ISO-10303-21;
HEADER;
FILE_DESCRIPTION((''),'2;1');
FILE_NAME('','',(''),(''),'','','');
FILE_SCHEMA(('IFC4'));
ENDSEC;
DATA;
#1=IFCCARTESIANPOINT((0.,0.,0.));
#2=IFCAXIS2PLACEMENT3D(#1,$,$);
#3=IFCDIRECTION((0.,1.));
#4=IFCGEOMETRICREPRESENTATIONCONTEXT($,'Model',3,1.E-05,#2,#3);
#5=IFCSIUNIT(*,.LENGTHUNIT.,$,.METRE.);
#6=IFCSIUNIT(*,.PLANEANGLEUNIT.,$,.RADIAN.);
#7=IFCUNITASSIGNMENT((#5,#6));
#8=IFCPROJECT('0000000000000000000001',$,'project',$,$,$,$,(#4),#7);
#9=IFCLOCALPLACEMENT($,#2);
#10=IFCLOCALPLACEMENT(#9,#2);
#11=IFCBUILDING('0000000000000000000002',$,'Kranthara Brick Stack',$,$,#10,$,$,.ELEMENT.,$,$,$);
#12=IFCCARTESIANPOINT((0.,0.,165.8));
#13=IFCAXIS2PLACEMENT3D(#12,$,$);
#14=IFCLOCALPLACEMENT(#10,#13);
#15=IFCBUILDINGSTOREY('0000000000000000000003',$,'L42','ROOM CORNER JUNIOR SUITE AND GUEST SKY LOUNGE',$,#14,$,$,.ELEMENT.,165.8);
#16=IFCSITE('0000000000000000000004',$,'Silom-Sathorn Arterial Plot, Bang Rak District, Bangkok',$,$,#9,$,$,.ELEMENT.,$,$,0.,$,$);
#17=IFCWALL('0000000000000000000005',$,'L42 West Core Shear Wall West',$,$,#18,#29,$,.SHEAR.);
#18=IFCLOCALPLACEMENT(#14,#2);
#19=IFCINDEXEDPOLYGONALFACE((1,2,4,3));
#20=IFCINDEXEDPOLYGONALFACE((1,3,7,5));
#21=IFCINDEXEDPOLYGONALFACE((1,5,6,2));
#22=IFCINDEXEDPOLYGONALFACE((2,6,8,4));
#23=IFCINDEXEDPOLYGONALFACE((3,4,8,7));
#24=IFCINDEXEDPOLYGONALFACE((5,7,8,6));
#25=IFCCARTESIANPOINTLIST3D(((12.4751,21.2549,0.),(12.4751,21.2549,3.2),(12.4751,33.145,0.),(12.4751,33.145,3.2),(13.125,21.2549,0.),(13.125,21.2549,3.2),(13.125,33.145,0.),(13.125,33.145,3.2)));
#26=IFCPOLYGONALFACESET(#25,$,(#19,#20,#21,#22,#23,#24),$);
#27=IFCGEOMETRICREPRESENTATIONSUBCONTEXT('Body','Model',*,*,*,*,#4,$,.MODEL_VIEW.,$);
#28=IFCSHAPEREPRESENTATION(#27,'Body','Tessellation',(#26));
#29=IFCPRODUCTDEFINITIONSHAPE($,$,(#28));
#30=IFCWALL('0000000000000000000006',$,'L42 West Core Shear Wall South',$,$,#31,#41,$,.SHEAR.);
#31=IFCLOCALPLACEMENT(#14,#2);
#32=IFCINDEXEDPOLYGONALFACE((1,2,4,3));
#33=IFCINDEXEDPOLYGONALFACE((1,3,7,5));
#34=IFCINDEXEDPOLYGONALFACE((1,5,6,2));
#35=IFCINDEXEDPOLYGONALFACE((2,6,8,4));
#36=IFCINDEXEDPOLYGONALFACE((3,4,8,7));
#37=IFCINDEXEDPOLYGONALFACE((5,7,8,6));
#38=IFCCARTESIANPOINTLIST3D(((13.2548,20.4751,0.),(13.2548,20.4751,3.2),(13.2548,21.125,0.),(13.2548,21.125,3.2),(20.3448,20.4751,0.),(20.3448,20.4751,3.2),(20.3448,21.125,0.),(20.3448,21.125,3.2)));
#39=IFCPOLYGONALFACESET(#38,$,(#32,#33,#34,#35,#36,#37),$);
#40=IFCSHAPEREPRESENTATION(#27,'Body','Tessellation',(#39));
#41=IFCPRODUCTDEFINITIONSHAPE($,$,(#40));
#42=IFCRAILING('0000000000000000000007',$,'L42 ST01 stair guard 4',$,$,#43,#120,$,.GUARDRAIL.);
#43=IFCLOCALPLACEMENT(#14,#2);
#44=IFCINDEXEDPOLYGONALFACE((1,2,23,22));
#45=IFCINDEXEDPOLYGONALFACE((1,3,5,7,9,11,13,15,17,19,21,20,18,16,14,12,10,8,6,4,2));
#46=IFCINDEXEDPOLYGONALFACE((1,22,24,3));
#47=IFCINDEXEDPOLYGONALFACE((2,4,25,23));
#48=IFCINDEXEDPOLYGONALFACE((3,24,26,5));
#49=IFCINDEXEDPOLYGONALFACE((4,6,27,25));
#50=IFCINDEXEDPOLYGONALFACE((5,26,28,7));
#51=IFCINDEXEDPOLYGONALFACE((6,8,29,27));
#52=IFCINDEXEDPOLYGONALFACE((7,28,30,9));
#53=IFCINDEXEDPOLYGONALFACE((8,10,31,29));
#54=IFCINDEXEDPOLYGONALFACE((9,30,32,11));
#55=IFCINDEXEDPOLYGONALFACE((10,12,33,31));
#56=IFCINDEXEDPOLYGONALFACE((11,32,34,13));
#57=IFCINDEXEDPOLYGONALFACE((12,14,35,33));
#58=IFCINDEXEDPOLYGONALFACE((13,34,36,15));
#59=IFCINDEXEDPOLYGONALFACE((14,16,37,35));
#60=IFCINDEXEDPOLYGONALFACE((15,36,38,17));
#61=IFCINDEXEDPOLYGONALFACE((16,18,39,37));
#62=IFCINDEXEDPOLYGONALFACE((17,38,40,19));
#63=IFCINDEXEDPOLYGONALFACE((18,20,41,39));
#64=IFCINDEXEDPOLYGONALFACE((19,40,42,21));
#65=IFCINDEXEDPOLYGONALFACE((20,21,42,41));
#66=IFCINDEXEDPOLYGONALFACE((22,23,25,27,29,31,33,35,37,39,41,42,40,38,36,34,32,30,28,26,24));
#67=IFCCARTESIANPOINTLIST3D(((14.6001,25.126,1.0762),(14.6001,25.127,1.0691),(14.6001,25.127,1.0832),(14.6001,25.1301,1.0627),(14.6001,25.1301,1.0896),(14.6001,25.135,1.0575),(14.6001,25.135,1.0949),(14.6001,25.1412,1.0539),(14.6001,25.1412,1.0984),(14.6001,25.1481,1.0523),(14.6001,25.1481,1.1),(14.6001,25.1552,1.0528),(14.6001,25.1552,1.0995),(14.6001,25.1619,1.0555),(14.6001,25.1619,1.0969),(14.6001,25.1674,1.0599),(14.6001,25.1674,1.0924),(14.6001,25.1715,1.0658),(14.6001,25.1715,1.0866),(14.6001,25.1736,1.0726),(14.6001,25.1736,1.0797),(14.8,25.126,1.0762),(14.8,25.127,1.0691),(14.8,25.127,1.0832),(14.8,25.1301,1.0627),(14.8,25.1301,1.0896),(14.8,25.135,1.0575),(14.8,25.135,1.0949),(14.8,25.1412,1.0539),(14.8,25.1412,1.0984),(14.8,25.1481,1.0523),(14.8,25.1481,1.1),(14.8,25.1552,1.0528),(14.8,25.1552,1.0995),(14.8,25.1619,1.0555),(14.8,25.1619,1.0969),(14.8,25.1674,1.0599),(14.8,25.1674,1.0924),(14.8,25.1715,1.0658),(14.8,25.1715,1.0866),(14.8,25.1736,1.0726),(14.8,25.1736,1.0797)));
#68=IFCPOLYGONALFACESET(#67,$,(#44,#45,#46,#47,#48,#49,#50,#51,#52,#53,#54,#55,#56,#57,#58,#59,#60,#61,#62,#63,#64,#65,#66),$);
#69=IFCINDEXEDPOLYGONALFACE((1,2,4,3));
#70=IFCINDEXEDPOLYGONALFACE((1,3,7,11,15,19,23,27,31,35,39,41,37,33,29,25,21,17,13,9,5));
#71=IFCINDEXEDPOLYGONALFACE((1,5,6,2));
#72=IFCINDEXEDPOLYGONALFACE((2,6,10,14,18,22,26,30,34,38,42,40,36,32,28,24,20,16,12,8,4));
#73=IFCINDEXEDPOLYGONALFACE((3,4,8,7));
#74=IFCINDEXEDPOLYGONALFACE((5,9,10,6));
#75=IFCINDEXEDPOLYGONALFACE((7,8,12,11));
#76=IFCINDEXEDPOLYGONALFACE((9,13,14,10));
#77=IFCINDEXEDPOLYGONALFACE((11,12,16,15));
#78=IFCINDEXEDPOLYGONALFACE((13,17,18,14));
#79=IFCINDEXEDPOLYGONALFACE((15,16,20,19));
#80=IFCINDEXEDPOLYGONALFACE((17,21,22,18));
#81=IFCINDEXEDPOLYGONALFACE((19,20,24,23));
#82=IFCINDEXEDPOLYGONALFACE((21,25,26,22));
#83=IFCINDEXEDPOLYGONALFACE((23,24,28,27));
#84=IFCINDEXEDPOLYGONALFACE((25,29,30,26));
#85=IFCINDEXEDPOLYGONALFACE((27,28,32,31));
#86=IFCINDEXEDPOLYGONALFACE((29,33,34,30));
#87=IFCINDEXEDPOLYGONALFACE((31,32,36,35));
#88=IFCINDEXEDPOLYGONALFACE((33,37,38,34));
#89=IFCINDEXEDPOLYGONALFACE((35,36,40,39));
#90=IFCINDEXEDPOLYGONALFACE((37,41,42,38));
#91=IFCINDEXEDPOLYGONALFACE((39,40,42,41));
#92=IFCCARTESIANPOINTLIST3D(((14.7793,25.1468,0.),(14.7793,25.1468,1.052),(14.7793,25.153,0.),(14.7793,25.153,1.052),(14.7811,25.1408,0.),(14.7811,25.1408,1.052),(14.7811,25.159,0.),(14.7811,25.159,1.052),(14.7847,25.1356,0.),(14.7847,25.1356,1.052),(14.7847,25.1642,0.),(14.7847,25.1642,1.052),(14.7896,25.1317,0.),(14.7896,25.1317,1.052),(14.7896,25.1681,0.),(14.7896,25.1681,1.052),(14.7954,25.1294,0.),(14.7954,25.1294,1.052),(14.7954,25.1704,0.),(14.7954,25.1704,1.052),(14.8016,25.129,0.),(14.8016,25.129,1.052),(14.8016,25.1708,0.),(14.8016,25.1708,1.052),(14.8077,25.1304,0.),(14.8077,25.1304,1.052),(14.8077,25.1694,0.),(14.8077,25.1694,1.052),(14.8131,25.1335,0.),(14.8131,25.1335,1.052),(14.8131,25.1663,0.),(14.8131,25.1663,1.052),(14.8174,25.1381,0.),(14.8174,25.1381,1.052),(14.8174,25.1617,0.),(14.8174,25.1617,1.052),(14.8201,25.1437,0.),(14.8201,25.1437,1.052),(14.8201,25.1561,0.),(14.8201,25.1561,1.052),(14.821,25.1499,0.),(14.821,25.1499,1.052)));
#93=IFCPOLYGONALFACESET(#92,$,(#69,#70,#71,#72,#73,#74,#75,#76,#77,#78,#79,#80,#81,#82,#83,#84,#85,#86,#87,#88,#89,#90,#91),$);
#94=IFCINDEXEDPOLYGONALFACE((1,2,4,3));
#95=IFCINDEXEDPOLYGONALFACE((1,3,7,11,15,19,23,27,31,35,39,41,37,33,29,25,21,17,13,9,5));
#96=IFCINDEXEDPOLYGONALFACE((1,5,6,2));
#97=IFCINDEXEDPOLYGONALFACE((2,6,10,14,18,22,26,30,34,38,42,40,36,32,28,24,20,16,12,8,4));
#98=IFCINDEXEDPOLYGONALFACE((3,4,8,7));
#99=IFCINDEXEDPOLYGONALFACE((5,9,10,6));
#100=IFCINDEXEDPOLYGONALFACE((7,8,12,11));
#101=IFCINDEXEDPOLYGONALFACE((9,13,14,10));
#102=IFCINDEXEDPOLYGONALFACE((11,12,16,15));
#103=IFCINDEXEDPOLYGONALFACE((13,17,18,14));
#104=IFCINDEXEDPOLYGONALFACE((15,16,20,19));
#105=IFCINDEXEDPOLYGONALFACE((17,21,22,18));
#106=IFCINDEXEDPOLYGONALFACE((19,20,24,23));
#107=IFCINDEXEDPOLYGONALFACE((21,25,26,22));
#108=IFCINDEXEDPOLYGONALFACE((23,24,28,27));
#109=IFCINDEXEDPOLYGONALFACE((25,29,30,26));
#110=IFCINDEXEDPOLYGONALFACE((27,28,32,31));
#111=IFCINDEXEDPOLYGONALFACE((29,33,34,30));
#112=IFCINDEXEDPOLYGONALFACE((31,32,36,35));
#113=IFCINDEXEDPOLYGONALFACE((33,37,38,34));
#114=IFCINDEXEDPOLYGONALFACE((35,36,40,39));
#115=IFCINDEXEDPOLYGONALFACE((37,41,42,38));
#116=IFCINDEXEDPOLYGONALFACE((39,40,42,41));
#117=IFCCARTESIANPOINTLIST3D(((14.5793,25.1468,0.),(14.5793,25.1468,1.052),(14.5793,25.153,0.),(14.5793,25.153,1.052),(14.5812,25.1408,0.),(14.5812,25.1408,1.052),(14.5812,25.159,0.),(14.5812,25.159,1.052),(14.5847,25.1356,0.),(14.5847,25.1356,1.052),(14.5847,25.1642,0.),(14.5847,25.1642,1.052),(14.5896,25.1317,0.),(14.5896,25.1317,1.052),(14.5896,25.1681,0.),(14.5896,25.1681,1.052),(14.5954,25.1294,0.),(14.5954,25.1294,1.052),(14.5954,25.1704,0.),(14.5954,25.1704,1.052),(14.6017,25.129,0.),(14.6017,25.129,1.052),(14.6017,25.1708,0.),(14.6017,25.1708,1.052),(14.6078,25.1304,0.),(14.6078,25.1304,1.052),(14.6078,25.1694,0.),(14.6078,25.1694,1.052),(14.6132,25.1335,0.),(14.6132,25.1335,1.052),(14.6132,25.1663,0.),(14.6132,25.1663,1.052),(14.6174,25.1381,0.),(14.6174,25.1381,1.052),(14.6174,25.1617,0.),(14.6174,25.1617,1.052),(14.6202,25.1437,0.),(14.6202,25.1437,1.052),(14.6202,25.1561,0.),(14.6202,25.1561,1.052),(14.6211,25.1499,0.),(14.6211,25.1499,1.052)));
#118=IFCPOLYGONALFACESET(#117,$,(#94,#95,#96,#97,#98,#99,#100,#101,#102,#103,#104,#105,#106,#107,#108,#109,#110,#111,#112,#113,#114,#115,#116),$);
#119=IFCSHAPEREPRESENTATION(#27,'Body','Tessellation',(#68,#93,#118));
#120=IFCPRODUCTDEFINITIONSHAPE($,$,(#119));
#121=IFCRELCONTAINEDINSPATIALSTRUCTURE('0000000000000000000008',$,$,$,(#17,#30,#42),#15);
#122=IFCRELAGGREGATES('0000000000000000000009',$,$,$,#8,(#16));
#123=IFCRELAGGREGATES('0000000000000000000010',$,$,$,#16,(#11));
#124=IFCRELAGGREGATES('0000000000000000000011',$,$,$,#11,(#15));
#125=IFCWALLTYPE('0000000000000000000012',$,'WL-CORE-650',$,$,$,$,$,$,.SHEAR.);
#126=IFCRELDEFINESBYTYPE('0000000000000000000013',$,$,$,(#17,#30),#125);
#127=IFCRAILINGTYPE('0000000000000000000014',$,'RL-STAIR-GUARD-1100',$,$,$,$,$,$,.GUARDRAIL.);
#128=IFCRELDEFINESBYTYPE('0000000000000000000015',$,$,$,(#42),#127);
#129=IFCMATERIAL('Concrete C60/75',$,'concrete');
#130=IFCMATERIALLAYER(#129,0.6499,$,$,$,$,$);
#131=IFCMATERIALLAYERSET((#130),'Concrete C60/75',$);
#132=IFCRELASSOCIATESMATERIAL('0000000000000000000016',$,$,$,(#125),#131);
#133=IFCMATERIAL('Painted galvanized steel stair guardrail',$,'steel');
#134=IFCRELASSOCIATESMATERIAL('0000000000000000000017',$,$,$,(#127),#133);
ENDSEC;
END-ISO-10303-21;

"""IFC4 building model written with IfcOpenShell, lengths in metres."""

from ifc_helpers import new_model, si_unit, direction, frame, frame_2d, origin, origin_2d, place, context, subcontext, project, spatial, rectangle, circle, extrude, material, layer, layer_set, type_object, element, save


model = new_model("IFC4")

# Units and contexts
model_context = context("Model", 3, precision=1e-05, world=origin(), true_north=direction((0.0, 1.0)))
body_context = subcontext(model_context, "Body", "Model", "MODEL_VIEW")
ifc_project = project(units=[si_unit("LENGTHUNIT", "METRE"), si_unit("PLANEANGLEUNIT", "RADIAN")], contexts=[model_context])

# Site, building, storey
site_placement = place(None, origin())
site = spatial("IfcSite", under=ifc_project, at=site_placement, Name="Silom-Sathorn Arterial Plot, Bang Rak District, Bangkok", CompositionType="ELEMENT", RefElevation=0.0)
building_placement = place(site_placement, origin())
building = spatial("IfcBuilding", under=site, at=building_placement, Name="Kranthara Brick Stack", CompositionType="ELEMENT")
storey_placement = place(building_placement, frame((0.0, 0.0, 165.8)))
storey = spatial("IfcBuildingStorey", under=building, at=storey_placement, Name="L42", Description="ROOM CORNER JUNIOR SUITE AND GUEST SKY LOUNGE", CompositionType="ELEMENT", Elevation=165.8)

# Walls
ifc_material_1 = material(Name="Concrete C60/75", Category="concrete")
ifc_layer_1 = layer(ifc_material_1, 0.6499)
ifc_layer_set_1 = layer_set([ifc_layer_1], Name="Concrete C60/75")
wall_type_1 = type_object("IfcWallType", Name="WL-CORE-650", PredefinedType="SHEAR", material=ifc_layer_set_1)
wall_1_placement = place(storey_placement, frame((12.8, 21.2549, 0.0), z_axis=(0.0, 0.0, 1.0), x_axis=(0.0, 1.0, 0.0)))
element("IfcWall", 1, at=wall_1_placement, inside=storey, type_object=wall_type_1, Name="L42 West Core Shear Wall West", PredefinedType="SHEAR", context=body_context, shape_type="SweptSolid", body=[
    extrude(rectangle(XDim=11.8901, YDim=0.6499, at=frame_2d((5.9451, 0.0))), origin(), (0.0, 0.0, 1.0), 3.2),
])
wall_2_placement = place(storey_placement, frame((13.2549, 20.8, 0.0), z_axis=(0.0, 0.0, 1.0), x_axis=(1.0, 0.0, 0.0)))
element("IfcWall", 2, at=wall_2_placement, inside=storey, type_object=wall_type_1, Name="L42 West Core Shear Wall South", PredefinedType="SHEAR", context=body_context, shape_type="SweptSolid", body=[
    extrude(rectangle(XDim=7.0901, YDim=0.6499, at=frame_2d((3.5449, 0.0))), origin(), (0.0, 0.0, 1.0), 3.2),
])

# Railing
ifc_material_2 = material(Name="Painted galvanized steel stair guardrail", Category="steel")
railing_type = type_object("IfcRailingType", Name="RL-STAIR-GUARD-1100", PredefinedType="GUARDRAIL", material=ifc_material_2)
railing_placement = place(storey_placement, frame((14.8, 25.1499, 0.0)))
element("IfcRailing", 3, at=railing_placement, inside=storey, type_object=railing_type, Name="L42 ST01 stair guard 4", PredefinedType="GUARDRAIL", context=body_context, shape_type="SweptSolid", body=[
    extrude(circle(Radius=0.0239, at=origin_2d()), frame((0.0, 0.0, 1.0762), z_axis=(-1.0, 0.0, 0.0), x_axis=(0.0, -1.0, 0.0)), (0.0, 0.0, 1.0), 0.2),
    extrude(circle(Radius=0.021, at=origin_2d()), origin(), (0.0, 0.0, 1.0), 1.052),
    extrude(circle(Radius=0.021, at=origin_2d()), frame((-0.2, 0.0, 0.0)), (0.0, 0.0, 1.0), 1.052),
])

save(model, "model.ifc")
